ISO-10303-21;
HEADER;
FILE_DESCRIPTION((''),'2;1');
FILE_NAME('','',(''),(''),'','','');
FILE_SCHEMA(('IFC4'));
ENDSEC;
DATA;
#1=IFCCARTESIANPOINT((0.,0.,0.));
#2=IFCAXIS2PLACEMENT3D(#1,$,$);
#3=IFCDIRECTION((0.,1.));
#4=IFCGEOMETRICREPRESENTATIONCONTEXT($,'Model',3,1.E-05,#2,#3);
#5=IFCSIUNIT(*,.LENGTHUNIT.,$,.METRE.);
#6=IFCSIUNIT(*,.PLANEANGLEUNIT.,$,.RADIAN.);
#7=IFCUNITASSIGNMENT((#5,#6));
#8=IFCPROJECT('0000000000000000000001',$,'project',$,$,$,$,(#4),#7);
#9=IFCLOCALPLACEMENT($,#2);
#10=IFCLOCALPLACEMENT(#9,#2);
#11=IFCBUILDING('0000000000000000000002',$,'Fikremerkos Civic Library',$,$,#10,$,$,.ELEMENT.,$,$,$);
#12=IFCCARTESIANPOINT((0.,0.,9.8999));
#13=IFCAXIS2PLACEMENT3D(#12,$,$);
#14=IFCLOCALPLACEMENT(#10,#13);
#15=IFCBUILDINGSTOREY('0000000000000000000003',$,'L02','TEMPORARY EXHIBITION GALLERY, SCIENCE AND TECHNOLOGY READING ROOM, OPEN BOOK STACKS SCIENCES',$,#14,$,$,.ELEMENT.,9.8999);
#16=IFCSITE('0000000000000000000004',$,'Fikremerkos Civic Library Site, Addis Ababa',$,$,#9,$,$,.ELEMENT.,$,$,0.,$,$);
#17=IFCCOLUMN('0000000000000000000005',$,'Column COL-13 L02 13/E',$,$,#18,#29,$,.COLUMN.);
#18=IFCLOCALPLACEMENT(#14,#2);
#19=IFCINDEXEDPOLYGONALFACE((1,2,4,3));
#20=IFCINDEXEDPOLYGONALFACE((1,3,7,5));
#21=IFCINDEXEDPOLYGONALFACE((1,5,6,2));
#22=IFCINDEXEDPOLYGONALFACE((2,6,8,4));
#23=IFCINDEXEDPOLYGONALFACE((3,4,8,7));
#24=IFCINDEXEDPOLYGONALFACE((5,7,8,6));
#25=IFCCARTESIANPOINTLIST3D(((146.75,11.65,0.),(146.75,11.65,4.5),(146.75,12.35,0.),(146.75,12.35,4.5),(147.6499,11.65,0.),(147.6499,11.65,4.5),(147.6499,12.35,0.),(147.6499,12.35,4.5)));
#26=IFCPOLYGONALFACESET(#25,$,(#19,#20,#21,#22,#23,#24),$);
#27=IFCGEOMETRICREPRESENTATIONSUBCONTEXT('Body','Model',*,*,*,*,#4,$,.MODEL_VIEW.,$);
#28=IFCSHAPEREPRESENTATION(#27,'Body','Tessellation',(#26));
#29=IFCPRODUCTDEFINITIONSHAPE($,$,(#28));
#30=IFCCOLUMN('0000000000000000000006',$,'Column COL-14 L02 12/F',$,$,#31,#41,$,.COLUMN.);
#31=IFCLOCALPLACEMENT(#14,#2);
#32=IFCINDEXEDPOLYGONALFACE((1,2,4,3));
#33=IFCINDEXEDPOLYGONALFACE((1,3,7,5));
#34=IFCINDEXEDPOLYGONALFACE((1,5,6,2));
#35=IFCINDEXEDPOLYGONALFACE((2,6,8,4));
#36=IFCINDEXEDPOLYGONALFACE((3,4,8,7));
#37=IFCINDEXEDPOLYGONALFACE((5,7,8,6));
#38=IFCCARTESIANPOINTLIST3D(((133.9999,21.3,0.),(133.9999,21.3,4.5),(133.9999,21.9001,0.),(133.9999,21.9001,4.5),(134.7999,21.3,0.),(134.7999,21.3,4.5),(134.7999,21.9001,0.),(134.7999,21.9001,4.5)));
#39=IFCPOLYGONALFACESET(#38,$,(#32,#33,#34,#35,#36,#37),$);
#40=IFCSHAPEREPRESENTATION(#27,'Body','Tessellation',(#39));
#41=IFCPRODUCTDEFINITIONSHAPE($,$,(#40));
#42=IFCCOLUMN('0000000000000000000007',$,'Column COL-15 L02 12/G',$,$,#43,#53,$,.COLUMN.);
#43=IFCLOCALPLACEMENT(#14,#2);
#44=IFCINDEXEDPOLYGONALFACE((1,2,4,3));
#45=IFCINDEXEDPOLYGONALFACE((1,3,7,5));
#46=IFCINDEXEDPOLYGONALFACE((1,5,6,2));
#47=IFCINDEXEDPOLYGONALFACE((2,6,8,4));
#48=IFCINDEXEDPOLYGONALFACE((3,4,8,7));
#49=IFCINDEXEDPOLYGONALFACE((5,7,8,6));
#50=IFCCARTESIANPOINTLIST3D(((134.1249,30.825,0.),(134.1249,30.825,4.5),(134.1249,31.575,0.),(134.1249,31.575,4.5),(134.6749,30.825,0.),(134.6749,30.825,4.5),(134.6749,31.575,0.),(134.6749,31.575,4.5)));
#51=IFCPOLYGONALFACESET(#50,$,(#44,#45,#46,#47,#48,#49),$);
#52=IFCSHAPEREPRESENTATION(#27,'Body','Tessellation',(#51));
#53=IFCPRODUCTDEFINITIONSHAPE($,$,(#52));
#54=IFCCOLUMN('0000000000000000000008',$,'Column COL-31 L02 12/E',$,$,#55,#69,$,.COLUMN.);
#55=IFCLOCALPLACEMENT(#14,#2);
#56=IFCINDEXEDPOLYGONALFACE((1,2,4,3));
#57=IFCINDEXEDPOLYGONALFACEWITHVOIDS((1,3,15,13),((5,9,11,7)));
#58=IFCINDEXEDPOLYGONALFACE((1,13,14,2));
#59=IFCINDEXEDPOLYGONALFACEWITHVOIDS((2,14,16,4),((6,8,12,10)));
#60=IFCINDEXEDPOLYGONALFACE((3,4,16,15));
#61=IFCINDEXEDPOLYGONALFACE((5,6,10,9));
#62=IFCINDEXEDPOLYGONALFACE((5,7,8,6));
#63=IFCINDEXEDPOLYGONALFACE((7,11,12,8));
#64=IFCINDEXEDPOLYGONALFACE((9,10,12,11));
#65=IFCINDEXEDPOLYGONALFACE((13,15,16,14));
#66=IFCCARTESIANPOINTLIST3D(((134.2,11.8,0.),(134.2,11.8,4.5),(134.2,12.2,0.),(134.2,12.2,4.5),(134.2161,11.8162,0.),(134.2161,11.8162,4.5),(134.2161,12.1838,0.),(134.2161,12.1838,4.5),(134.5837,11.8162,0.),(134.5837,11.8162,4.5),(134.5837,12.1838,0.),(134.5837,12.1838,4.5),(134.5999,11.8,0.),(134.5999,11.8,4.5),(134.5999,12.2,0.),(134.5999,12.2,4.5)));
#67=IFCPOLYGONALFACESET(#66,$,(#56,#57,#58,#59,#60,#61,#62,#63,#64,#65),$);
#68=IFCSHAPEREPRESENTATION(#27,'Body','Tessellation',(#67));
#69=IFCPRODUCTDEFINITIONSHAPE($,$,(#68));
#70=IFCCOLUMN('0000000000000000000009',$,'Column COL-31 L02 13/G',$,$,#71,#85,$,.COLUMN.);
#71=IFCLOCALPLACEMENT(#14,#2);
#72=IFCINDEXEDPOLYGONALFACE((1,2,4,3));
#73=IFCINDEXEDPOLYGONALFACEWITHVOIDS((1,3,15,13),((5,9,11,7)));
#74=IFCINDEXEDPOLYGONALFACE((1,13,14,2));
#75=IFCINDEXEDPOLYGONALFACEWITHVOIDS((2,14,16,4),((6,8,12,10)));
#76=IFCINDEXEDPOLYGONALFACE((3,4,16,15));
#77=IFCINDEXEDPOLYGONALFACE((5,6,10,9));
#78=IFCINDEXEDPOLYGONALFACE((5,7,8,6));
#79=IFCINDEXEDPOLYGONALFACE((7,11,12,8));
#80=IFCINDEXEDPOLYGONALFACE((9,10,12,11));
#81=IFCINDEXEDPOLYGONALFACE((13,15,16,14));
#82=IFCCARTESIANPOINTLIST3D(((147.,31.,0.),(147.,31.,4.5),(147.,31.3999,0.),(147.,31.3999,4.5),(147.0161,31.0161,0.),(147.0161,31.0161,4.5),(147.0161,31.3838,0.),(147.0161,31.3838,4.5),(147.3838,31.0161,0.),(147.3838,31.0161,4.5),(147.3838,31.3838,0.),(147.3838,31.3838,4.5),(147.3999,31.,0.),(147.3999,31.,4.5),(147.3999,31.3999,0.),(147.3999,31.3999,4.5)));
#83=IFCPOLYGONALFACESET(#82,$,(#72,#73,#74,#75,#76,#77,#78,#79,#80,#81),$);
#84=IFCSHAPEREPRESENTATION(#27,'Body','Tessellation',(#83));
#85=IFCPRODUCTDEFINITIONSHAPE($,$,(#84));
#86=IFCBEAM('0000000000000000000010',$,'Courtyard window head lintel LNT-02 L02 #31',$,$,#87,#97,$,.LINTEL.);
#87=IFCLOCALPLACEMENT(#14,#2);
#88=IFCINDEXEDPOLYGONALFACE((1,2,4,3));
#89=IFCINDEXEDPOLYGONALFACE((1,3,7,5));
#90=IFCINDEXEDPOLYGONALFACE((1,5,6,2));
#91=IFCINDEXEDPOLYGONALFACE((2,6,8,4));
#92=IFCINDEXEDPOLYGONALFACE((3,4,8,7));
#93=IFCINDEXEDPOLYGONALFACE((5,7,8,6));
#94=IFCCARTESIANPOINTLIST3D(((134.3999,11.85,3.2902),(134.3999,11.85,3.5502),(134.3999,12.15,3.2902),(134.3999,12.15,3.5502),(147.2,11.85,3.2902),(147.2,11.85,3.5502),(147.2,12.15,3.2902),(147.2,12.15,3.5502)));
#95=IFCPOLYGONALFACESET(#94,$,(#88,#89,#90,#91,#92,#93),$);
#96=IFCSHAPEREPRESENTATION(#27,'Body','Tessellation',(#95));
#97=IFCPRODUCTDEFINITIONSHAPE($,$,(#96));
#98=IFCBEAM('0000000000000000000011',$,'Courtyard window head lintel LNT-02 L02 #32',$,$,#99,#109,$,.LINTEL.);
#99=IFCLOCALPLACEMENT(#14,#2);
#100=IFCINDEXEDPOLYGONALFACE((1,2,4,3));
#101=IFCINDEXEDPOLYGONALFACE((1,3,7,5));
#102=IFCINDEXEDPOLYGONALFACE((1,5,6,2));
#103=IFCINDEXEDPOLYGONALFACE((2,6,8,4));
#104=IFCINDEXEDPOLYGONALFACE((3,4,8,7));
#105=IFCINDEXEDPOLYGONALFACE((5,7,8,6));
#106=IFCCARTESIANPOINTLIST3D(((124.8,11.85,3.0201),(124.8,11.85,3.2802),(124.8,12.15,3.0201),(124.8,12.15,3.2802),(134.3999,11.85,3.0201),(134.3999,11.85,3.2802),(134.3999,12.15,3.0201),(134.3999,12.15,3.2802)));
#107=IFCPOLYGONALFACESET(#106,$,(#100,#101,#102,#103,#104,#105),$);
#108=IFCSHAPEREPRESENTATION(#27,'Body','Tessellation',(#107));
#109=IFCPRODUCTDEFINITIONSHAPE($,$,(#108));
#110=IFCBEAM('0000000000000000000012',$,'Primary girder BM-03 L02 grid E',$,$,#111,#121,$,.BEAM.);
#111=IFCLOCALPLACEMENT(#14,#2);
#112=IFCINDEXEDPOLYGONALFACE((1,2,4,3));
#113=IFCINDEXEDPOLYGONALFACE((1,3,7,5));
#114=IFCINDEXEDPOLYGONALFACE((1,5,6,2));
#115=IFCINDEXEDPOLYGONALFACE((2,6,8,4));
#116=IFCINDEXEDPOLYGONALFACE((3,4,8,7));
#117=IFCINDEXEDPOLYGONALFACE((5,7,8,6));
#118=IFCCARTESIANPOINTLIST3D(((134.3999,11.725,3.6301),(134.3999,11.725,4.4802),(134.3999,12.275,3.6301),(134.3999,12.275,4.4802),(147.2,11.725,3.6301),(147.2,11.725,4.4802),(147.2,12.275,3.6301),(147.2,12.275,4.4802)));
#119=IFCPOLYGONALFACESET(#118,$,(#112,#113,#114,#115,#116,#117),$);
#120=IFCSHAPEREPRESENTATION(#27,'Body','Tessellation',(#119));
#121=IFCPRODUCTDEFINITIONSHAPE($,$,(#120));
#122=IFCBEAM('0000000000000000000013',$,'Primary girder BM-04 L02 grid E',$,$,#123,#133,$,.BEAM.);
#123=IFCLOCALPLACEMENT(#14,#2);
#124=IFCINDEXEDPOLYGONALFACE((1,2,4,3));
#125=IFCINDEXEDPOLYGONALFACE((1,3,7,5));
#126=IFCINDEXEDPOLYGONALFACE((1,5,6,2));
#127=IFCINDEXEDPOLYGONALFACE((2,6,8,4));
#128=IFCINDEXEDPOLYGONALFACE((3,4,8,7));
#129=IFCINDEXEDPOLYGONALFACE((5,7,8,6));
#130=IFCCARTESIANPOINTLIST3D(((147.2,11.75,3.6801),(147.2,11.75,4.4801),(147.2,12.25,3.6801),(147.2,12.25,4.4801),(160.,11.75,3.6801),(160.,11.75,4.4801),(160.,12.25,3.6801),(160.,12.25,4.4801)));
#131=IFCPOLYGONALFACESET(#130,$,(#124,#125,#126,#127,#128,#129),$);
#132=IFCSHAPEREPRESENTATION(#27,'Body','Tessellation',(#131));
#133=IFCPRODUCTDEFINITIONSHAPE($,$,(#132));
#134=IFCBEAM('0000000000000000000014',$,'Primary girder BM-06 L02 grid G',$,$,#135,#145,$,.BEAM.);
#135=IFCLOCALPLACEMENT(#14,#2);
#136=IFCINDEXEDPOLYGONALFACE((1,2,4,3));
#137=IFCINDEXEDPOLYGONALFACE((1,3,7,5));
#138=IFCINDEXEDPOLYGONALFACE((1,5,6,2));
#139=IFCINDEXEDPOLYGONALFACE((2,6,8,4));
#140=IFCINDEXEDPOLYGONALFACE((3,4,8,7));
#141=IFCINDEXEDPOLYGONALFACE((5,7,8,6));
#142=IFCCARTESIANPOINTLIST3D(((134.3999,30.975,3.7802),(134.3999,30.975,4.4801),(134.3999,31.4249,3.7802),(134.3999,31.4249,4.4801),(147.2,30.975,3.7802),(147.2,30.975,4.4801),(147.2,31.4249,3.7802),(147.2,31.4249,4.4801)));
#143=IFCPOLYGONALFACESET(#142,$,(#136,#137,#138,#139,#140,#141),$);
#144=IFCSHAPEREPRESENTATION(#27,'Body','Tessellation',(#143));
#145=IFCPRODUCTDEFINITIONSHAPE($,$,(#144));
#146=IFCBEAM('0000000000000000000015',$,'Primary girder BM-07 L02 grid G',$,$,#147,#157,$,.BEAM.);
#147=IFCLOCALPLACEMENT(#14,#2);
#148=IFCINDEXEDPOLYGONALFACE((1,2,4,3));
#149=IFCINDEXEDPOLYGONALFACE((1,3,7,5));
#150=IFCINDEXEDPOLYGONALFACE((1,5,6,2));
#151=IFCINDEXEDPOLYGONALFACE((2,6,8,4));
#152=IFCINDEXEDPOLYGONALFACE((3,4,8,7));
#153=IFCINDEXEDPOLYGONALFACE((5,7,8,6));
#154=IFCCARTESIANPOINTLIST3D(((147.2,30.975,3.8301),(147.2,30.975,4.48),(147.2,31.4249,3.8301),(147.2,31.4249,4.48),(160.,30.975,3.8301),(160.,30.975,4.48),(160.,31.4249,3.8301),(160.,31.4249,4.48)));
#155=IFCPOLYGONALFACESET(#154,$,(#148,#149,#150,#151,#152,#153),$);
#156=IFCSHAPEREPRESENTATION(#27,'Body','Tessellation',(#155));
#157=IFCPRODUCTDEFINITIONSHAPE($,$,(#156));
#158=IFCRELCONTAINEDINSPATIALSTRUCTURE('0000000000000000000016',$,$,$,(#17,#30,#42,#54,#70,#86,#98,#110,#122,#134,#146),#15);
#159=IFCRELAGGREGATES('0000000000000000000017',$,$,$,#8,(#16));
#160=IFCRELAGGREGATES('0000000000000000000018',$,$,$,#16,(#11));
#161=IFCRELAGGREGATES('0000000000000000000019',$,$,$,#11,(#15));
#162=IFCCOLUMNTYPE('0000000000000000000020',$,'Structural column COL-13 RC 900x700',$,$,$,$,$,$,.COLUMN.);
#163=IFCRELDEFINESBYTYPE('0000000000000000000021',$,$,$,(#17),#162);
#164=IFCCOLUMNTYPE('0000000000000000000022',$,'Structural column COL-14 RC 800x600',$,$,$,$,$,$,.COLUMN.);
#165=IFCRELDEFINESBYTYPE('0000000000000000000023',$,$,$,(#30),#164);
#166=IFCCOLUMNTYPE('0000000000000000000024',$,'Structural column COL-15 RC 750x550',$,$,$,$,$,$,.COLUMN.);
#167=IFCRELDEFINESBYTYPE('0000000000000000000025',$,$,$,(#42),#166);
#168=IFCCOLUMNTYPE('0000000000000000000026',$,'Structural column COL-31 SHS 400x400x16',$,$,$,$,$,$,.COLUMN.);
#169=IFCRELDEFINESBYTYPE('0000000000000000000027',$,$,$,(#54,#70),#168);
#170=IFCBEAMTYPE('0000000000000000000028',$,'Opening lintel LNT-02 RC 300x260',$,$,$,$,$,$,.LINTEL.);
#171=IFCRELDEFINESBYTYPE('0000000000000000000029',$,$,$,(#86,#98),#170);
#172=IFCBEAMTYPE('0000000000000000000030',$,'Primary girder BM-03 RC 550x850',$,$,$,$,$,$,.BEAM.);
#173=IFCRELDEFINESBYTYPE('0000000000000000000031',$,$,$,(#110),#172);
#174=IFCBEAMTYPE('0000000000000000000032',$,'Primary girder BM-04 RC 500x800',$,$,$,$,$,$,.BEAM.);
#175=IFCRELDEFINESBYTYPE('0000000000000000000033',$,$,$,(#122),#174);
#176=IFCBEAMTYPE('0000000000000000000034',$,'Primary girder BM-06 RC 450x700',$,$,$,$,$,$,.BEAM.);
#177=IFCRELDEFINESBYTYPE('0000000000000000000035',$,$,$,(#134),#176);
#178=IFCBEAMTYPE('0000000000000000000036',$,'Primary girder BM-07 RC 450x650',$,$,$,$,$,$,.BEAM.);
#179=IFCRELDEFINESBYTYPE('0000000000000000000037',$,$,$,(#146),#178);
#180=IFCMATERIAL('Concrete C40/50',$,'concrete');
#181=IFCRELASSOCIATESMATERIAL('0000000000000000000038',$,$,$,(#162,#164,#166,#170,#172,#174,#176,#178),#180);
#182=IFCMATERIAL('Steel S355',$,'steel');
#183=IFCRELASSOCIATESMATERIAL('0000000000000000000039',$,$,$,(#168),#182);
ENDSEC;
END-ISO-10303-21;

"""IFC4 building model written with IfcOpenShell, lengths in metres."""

from ifc_helpers import new_model, si_unit, direction, frame, origin, origin_2d, place, context, subcontext, project, spatial, rectangle, hollow_rectangle, extrude, material, material_profile, profile_set, type_object, element, save


model = new_model("IFC4")

# Units and contexts
model_context = context("Model", 3, precision=1e-05, world=origin(), true_north=direction((0.0, 1.0)))
body_context = subcontext(model_context, "Body", "Model", "MODEL_VIEW")
ifc_project = project(units=[si_unit("LENGTHUNIT", "METRE"), si_unit("PLANEANGLEUNIT", "RADIAN")], contexts=[model_context])

# Site, building, storey
site_placement = place(None, origin())
site = spatial("IfcSite", under=ifc_project, at=site_placement, Name="Fikremerkos Civic Library Site, Addis Ababa", CompositionType="ELEMENT", RefElevation=0.0)
building_placement = place(site_placement, origin())
building = spatial("IfcBuilding", under=site, at=building_placement, Name="Fikremerkos Civic Library", CompositionType="ELEMENT")
storey_placement = place(building_placement, frame((0.0, 0.0, 9.8999)))
storey = spatial("IfcBuildingStorey", under=building, at=storey_placement, Name="L02", Description="TEMPORARY EXHIBITION GALLERY, SCIENCE AND TECHNOLOGY READING ROOM, OPEN BOOK STACKS SCIENCES", CompositionType="ELEMENT", Elevation=9.8999)

# Columns
ifc_material_1 = material(Name="Concrete C40/50", Category="concrete")
ifc_material_profile_1 = material_profile(ifc_material_1, rectangle(XDim=0.8999, YDim=0.7, at=origin_2d()), Name="RC 900x700")
ifc_profile_set_1 = profile_set([ifc_material_profile_1], Name="Concrete C40/50")
column_type_1 = type_object("IfcColumnType", Name="Structural column COL-13 RC 900x700", PredefinedType="COLUMN", material=ifc_profile_set_1)
column_1_placement = place(storey_placement, frame((147.2, 12.0, 0.0), z_axis=(0.0, 0.0, 1.0), x_axis=(1.0, 0.0, 0.0)))
element("IfcColumn", 1, at=column_1_placement, inside=storey, type_object=column_type_1, Name="Column COL-13 L02 13/E", PredefinedType="COLUMN", context=body_context, shape_type="SweptSolid", body=[
    extrude(rectangle(XDim=0.8999, YDim=0.7, at=origin_2d()), origin(), (0.0, 0.0, 1.0), 4.5),
])
ifc_material_profile_2 = material_profile(ifc_material_1, rectangle(XDim=0.8, YDim=0.6001, at=origin_2d()), Name="RC 800x600")
ifc_profile_set_2 = profile_set([ifc_material_profile_2], Name="Concrete C40/50")
column_type_2 = type_object("IfcColumnType", Name="Structural column COL-14 RC 800x600", PredefinedType="COLUMN", material=ifc_profile_set_2)
column_2_placement = place(storey_placement, frame((134.3999, 21.6001, 0.0), z_axis=(0.0, 0.0, 1.0), x_axis=(1.0, 0.0, 0.0)))
element("IfcColumn", 2, at=column_2_placement, inside=storey, type_object=column_type_2, Name="Column COL-14 L02 12/F", PredefinedType="COLUMN", context=body_context, shape_type="SweptSolid", body=[
    extrude(rectangle(XDim=0.8, YDim=0.6001, at=origin_2d()), origin(), (0.0, 0.0, 1.0), 4.5),
])
ifc_material_profile_3 = material_profile(ifc_material_1, rectangle(XDim=0.75, YDim=0.55, at=origin_2d()), Name="RC 750x550")
ifc_profile_set_3 = profile_set([ifc_material_profile_3], Name="Concrete C40/50")
column_type_3 = type_object("IfcColumnType", Name="Structural column COL-15 RC 750x550", PredefinedType="COLUMN", material=ifc_profile_set_3)
column_3_placement = place(storey_placement, frame((134.3999, 31.2, 0.0), z_axis=(0.0, 0.0, 1.0), x_axis=(0.0, 1.0, 0.0)))
element("IfcColumn", 3, at=column_3_placement, inside=storey, type_object=column_type_3, Name="Column COL-15 L02 12/G", PredefinedType="COLUMN", context=body_context, shape_type="SweptSolid", body=[
    extrude(rectangle(XDim=0.75, YDim=0.55, at=origin_2d()), origin(), (0.0, 0.0, 1.0), 4.5),
])
ifc_material_2 = material(Name="Steel S355", Category="steel")
ifc_material_profile_4 = material_profile(ifc_material_2, hollow_rectangle(XDim=0.3999, YDim=0.3999, WallThickness=0.0161, at=origin_2d()), Name="SHS 400x400x16")
ifc_profile_set_4 = profile_set([ifc_material_profile_4], Name="Steel S355")
column_type_4 = type_object("IfcColumnType", Name="Structural column COL-31 SHS 400x400x16", PredefinedType="COLUMN", material=ifc_profile_set_4)
for number, where, z_axis, x_axis, name in (
    (4, (134.3999, 12.0, 0.0), (0.0, 0.0, 1.0), (1.0, 0.0, 0.0), "Column COL-31 L02 12/E"),
    (5, (147.2, 31.2, 0.0), (0.0, 0.0, 1.0), (1.0, 0.0, 0.0), "Column COL-31 L02 13/G"),
):
    element("IfcColumn", number, at=place(storey_placement, frame(where, z_axis=z_axis, x_axis=x_axis)), inside=storey, type_object=column_type_4, Name=name, PredefinedType="COLUMN", context=body_context, shape_type="SweptSolid", body=[
        extrude(hollow_rectangle(XDim=0.3999, YDim=0.3999, WallThickness=0.0161, at=origin_2d()), origin(), (0.0, 0.0, 1.0), 4.5),
    ])

# Beams
ifc_material_profile_5 = material_profile(ifc_material_1, rectangle(XDim=0.3, YDim=0.26, at=origin_2d()), Name="RC 300x260")
ifc_profile_set_5 = profile_set([ifc_material_profile_5], Name="Concrete C40/50")
beam_type_1 = type_object("IfcBeamType", Name="Opening lintel LNT-02 RC 300x260", PredefinedType="LINTEL", material=ifc_profile_set_5)
beam_1_placement = place(storey_placement, frame((147.2, 12.0, 3.4202), z_axis=(-1.0, 0.0, 0.0), x_axis=(0.0, -1.0, 0.0)))
element("IfcBeam", 6, at=beam_1_placement, inside=storey, type_object=beam_type_1, Name="Courtyard window head lintel LNT-02 L02 #31", PredefinedType="LINTEL", context=body_context, shape_type="SweptSolid", body=[
    extrude(rectangle(XDim=0.3, YDim=0.26, at=origin_2d()), origin(), (0.0, 0.0, 1.0), 12.8),
])
beam_2_placement = place(storey_placement, frame((134.3999, 12.0, 3.1501), z_axis=(-1.0, 0.0, 0.0), x_axis=(0.0, -1.0, 0.0)))
element("IfcBeam", 7, at=beam_2_placement, inside=storey, type_object=beam_type_1, Name="Courtyard window head lintel LNT-02 L02 #32", PredefinedType="LINTEL", context=body_context, shape_type="SweptSolid", body=[
    extrude(rectangle(XDim=0.3, YDim=0.26, at=origin_2d()), origin(), (0.0, 0.0, 1.0), 9.5999),
])
ifc_material_profile_6 = material_profile(ifc_material_1, rectangle(XDim=0.55, YDim=0.8501, at=origin_2d()), Name="RC 550x850")
ifc_profile_set_6 = profile_set([ifc_material_profile_6], Name="Concrete C40/50")
beam_type_2 = type_object("IfcBeamType", Name="Primary girder BM-03 RC 550x850", PredefinedType="BEAM", material=ifc_profile_set_6)
beam_3_placement = place(storey_placement, frame((134.3999, 12.0, 4.0552), z_axis=(1.0, 0.0, 0.0), x_axis=(0.0, 1.0, 0.0)))
element("IfcBeam", 8, at=beam_3_placement, inside=storey, type_object=beam_type_2, Name="Primary girder BM-03 L02 grid E", PredefinedType="BEAM", context=body_context, shape_type="SweptSolid", body=[
    extrude(rectangle(XDim=0.55, YDim=0.8501, at=origin_2d()), origin(), (0.0, 0.0, 1.0), 12.8),
])
ifc_material_profile_7 = material_profile(ifc_material_1, rectangle(XDim=0.5, YDim=0.8, at=origin_2d()), Name="RC 500x800")
ifc_profile_set_7 = profile_set([ifc_material_profile_7], Name="Concrete C40/50")
beam_type_3 = type_object("IfcBeamType", Name="Primary girder BM-04 RC 500x800", PredefinedType="BEAM", material=ifc_profile_set_7)
beam_4_placement = place(storey_placement, frame((147.2, 12.0, 4.0801), z_axis=(1.0, 0.0, 0.0), x_axis=(0.0, 1.0, 0.0)))
element("IfcBeam", 9, at=beam_4_placement, inside=storey, type_object=beam_type_3, Name="Primary girder BM-04 L02 grid E", PredefinedType="BEAM", context=body_context, shape_type="SweptSolid", body=[
    extrude(rectangle(XDim=0.5, YDim=0.8, at=origin_2d()), origin(), (0.0, 0.0, 1.0), 12.8),
])
ifc_material_profile_8 = material_profile(ifc_material_1, rectangle(XDim=0.45, YDim=0.7, at=origin_2d()), Name="RC 450x700")
ifc_profile_set_8 = profile_set([ifc_material_profile_8], Name="Concrete C40/50")
beam_type_4 = type_object("IfcBeamType", Name="Primary girder BM-06 RC 450x700", PredefinedType="BEAM", material=ifc_profile_set_8)
beam_5_placement = place(storey_placement, frame((134.3999, 31.2, 4.1301), z_axis=(1.0, 0.0, 0.0), x_axis=(0.0, 1.0, 0.0)))
element("IfcBeam", 10, at=beam_5_placement, inside=storey, type_object=beam_type_4, Name="Primary girder BM-06 L02 grid G", PredefinedType="BEAM", context=body_context, shape_type="SweptSolid", body=[
    extrude(rectangle(XDim=0.45, YDim=0.7, at=origin_2d()), origin(), (0.0, 0.0, 1.0), 12.8),
])
ifc_material_profile_9 = material_profile(ifc_material_1, rectangle(XDim=0.45, YDim=0.6499, at=origin_2d()), Name="RC 450x650")
ifc_profile_set_9 = profile_set([ifc_material_profile_9], Name="Concrete C40/50")
beam_type_5 = type_object("IfcBeamType", Name="Primary girder BM-07 RC 450x650", PredefinedType="BEAM", material=ifc_profile_set_9)
beam_6_placement = place(storey_placement, frame((147.2, 31.2, 4.155), z_axis=(1.0, 0.0, 0.0), x_axis=(0.0, 1.0, 0.0)))
element("IfcBeam", 11, at=beam_6_placement, inside=storey, type_object=beam_type_5, Name="Primary girder BM-07 L02 grid G", PredefinedType="BEAM", context=body_context, shape_type="SweptSolid", body=[
    extrude(rectangle(XDim=0.45, YDim=0.6499, at=origin_2d()), origin(), (0.0, 0.0, 1.0), 12.8),
])

save(model, "model.ifc")
